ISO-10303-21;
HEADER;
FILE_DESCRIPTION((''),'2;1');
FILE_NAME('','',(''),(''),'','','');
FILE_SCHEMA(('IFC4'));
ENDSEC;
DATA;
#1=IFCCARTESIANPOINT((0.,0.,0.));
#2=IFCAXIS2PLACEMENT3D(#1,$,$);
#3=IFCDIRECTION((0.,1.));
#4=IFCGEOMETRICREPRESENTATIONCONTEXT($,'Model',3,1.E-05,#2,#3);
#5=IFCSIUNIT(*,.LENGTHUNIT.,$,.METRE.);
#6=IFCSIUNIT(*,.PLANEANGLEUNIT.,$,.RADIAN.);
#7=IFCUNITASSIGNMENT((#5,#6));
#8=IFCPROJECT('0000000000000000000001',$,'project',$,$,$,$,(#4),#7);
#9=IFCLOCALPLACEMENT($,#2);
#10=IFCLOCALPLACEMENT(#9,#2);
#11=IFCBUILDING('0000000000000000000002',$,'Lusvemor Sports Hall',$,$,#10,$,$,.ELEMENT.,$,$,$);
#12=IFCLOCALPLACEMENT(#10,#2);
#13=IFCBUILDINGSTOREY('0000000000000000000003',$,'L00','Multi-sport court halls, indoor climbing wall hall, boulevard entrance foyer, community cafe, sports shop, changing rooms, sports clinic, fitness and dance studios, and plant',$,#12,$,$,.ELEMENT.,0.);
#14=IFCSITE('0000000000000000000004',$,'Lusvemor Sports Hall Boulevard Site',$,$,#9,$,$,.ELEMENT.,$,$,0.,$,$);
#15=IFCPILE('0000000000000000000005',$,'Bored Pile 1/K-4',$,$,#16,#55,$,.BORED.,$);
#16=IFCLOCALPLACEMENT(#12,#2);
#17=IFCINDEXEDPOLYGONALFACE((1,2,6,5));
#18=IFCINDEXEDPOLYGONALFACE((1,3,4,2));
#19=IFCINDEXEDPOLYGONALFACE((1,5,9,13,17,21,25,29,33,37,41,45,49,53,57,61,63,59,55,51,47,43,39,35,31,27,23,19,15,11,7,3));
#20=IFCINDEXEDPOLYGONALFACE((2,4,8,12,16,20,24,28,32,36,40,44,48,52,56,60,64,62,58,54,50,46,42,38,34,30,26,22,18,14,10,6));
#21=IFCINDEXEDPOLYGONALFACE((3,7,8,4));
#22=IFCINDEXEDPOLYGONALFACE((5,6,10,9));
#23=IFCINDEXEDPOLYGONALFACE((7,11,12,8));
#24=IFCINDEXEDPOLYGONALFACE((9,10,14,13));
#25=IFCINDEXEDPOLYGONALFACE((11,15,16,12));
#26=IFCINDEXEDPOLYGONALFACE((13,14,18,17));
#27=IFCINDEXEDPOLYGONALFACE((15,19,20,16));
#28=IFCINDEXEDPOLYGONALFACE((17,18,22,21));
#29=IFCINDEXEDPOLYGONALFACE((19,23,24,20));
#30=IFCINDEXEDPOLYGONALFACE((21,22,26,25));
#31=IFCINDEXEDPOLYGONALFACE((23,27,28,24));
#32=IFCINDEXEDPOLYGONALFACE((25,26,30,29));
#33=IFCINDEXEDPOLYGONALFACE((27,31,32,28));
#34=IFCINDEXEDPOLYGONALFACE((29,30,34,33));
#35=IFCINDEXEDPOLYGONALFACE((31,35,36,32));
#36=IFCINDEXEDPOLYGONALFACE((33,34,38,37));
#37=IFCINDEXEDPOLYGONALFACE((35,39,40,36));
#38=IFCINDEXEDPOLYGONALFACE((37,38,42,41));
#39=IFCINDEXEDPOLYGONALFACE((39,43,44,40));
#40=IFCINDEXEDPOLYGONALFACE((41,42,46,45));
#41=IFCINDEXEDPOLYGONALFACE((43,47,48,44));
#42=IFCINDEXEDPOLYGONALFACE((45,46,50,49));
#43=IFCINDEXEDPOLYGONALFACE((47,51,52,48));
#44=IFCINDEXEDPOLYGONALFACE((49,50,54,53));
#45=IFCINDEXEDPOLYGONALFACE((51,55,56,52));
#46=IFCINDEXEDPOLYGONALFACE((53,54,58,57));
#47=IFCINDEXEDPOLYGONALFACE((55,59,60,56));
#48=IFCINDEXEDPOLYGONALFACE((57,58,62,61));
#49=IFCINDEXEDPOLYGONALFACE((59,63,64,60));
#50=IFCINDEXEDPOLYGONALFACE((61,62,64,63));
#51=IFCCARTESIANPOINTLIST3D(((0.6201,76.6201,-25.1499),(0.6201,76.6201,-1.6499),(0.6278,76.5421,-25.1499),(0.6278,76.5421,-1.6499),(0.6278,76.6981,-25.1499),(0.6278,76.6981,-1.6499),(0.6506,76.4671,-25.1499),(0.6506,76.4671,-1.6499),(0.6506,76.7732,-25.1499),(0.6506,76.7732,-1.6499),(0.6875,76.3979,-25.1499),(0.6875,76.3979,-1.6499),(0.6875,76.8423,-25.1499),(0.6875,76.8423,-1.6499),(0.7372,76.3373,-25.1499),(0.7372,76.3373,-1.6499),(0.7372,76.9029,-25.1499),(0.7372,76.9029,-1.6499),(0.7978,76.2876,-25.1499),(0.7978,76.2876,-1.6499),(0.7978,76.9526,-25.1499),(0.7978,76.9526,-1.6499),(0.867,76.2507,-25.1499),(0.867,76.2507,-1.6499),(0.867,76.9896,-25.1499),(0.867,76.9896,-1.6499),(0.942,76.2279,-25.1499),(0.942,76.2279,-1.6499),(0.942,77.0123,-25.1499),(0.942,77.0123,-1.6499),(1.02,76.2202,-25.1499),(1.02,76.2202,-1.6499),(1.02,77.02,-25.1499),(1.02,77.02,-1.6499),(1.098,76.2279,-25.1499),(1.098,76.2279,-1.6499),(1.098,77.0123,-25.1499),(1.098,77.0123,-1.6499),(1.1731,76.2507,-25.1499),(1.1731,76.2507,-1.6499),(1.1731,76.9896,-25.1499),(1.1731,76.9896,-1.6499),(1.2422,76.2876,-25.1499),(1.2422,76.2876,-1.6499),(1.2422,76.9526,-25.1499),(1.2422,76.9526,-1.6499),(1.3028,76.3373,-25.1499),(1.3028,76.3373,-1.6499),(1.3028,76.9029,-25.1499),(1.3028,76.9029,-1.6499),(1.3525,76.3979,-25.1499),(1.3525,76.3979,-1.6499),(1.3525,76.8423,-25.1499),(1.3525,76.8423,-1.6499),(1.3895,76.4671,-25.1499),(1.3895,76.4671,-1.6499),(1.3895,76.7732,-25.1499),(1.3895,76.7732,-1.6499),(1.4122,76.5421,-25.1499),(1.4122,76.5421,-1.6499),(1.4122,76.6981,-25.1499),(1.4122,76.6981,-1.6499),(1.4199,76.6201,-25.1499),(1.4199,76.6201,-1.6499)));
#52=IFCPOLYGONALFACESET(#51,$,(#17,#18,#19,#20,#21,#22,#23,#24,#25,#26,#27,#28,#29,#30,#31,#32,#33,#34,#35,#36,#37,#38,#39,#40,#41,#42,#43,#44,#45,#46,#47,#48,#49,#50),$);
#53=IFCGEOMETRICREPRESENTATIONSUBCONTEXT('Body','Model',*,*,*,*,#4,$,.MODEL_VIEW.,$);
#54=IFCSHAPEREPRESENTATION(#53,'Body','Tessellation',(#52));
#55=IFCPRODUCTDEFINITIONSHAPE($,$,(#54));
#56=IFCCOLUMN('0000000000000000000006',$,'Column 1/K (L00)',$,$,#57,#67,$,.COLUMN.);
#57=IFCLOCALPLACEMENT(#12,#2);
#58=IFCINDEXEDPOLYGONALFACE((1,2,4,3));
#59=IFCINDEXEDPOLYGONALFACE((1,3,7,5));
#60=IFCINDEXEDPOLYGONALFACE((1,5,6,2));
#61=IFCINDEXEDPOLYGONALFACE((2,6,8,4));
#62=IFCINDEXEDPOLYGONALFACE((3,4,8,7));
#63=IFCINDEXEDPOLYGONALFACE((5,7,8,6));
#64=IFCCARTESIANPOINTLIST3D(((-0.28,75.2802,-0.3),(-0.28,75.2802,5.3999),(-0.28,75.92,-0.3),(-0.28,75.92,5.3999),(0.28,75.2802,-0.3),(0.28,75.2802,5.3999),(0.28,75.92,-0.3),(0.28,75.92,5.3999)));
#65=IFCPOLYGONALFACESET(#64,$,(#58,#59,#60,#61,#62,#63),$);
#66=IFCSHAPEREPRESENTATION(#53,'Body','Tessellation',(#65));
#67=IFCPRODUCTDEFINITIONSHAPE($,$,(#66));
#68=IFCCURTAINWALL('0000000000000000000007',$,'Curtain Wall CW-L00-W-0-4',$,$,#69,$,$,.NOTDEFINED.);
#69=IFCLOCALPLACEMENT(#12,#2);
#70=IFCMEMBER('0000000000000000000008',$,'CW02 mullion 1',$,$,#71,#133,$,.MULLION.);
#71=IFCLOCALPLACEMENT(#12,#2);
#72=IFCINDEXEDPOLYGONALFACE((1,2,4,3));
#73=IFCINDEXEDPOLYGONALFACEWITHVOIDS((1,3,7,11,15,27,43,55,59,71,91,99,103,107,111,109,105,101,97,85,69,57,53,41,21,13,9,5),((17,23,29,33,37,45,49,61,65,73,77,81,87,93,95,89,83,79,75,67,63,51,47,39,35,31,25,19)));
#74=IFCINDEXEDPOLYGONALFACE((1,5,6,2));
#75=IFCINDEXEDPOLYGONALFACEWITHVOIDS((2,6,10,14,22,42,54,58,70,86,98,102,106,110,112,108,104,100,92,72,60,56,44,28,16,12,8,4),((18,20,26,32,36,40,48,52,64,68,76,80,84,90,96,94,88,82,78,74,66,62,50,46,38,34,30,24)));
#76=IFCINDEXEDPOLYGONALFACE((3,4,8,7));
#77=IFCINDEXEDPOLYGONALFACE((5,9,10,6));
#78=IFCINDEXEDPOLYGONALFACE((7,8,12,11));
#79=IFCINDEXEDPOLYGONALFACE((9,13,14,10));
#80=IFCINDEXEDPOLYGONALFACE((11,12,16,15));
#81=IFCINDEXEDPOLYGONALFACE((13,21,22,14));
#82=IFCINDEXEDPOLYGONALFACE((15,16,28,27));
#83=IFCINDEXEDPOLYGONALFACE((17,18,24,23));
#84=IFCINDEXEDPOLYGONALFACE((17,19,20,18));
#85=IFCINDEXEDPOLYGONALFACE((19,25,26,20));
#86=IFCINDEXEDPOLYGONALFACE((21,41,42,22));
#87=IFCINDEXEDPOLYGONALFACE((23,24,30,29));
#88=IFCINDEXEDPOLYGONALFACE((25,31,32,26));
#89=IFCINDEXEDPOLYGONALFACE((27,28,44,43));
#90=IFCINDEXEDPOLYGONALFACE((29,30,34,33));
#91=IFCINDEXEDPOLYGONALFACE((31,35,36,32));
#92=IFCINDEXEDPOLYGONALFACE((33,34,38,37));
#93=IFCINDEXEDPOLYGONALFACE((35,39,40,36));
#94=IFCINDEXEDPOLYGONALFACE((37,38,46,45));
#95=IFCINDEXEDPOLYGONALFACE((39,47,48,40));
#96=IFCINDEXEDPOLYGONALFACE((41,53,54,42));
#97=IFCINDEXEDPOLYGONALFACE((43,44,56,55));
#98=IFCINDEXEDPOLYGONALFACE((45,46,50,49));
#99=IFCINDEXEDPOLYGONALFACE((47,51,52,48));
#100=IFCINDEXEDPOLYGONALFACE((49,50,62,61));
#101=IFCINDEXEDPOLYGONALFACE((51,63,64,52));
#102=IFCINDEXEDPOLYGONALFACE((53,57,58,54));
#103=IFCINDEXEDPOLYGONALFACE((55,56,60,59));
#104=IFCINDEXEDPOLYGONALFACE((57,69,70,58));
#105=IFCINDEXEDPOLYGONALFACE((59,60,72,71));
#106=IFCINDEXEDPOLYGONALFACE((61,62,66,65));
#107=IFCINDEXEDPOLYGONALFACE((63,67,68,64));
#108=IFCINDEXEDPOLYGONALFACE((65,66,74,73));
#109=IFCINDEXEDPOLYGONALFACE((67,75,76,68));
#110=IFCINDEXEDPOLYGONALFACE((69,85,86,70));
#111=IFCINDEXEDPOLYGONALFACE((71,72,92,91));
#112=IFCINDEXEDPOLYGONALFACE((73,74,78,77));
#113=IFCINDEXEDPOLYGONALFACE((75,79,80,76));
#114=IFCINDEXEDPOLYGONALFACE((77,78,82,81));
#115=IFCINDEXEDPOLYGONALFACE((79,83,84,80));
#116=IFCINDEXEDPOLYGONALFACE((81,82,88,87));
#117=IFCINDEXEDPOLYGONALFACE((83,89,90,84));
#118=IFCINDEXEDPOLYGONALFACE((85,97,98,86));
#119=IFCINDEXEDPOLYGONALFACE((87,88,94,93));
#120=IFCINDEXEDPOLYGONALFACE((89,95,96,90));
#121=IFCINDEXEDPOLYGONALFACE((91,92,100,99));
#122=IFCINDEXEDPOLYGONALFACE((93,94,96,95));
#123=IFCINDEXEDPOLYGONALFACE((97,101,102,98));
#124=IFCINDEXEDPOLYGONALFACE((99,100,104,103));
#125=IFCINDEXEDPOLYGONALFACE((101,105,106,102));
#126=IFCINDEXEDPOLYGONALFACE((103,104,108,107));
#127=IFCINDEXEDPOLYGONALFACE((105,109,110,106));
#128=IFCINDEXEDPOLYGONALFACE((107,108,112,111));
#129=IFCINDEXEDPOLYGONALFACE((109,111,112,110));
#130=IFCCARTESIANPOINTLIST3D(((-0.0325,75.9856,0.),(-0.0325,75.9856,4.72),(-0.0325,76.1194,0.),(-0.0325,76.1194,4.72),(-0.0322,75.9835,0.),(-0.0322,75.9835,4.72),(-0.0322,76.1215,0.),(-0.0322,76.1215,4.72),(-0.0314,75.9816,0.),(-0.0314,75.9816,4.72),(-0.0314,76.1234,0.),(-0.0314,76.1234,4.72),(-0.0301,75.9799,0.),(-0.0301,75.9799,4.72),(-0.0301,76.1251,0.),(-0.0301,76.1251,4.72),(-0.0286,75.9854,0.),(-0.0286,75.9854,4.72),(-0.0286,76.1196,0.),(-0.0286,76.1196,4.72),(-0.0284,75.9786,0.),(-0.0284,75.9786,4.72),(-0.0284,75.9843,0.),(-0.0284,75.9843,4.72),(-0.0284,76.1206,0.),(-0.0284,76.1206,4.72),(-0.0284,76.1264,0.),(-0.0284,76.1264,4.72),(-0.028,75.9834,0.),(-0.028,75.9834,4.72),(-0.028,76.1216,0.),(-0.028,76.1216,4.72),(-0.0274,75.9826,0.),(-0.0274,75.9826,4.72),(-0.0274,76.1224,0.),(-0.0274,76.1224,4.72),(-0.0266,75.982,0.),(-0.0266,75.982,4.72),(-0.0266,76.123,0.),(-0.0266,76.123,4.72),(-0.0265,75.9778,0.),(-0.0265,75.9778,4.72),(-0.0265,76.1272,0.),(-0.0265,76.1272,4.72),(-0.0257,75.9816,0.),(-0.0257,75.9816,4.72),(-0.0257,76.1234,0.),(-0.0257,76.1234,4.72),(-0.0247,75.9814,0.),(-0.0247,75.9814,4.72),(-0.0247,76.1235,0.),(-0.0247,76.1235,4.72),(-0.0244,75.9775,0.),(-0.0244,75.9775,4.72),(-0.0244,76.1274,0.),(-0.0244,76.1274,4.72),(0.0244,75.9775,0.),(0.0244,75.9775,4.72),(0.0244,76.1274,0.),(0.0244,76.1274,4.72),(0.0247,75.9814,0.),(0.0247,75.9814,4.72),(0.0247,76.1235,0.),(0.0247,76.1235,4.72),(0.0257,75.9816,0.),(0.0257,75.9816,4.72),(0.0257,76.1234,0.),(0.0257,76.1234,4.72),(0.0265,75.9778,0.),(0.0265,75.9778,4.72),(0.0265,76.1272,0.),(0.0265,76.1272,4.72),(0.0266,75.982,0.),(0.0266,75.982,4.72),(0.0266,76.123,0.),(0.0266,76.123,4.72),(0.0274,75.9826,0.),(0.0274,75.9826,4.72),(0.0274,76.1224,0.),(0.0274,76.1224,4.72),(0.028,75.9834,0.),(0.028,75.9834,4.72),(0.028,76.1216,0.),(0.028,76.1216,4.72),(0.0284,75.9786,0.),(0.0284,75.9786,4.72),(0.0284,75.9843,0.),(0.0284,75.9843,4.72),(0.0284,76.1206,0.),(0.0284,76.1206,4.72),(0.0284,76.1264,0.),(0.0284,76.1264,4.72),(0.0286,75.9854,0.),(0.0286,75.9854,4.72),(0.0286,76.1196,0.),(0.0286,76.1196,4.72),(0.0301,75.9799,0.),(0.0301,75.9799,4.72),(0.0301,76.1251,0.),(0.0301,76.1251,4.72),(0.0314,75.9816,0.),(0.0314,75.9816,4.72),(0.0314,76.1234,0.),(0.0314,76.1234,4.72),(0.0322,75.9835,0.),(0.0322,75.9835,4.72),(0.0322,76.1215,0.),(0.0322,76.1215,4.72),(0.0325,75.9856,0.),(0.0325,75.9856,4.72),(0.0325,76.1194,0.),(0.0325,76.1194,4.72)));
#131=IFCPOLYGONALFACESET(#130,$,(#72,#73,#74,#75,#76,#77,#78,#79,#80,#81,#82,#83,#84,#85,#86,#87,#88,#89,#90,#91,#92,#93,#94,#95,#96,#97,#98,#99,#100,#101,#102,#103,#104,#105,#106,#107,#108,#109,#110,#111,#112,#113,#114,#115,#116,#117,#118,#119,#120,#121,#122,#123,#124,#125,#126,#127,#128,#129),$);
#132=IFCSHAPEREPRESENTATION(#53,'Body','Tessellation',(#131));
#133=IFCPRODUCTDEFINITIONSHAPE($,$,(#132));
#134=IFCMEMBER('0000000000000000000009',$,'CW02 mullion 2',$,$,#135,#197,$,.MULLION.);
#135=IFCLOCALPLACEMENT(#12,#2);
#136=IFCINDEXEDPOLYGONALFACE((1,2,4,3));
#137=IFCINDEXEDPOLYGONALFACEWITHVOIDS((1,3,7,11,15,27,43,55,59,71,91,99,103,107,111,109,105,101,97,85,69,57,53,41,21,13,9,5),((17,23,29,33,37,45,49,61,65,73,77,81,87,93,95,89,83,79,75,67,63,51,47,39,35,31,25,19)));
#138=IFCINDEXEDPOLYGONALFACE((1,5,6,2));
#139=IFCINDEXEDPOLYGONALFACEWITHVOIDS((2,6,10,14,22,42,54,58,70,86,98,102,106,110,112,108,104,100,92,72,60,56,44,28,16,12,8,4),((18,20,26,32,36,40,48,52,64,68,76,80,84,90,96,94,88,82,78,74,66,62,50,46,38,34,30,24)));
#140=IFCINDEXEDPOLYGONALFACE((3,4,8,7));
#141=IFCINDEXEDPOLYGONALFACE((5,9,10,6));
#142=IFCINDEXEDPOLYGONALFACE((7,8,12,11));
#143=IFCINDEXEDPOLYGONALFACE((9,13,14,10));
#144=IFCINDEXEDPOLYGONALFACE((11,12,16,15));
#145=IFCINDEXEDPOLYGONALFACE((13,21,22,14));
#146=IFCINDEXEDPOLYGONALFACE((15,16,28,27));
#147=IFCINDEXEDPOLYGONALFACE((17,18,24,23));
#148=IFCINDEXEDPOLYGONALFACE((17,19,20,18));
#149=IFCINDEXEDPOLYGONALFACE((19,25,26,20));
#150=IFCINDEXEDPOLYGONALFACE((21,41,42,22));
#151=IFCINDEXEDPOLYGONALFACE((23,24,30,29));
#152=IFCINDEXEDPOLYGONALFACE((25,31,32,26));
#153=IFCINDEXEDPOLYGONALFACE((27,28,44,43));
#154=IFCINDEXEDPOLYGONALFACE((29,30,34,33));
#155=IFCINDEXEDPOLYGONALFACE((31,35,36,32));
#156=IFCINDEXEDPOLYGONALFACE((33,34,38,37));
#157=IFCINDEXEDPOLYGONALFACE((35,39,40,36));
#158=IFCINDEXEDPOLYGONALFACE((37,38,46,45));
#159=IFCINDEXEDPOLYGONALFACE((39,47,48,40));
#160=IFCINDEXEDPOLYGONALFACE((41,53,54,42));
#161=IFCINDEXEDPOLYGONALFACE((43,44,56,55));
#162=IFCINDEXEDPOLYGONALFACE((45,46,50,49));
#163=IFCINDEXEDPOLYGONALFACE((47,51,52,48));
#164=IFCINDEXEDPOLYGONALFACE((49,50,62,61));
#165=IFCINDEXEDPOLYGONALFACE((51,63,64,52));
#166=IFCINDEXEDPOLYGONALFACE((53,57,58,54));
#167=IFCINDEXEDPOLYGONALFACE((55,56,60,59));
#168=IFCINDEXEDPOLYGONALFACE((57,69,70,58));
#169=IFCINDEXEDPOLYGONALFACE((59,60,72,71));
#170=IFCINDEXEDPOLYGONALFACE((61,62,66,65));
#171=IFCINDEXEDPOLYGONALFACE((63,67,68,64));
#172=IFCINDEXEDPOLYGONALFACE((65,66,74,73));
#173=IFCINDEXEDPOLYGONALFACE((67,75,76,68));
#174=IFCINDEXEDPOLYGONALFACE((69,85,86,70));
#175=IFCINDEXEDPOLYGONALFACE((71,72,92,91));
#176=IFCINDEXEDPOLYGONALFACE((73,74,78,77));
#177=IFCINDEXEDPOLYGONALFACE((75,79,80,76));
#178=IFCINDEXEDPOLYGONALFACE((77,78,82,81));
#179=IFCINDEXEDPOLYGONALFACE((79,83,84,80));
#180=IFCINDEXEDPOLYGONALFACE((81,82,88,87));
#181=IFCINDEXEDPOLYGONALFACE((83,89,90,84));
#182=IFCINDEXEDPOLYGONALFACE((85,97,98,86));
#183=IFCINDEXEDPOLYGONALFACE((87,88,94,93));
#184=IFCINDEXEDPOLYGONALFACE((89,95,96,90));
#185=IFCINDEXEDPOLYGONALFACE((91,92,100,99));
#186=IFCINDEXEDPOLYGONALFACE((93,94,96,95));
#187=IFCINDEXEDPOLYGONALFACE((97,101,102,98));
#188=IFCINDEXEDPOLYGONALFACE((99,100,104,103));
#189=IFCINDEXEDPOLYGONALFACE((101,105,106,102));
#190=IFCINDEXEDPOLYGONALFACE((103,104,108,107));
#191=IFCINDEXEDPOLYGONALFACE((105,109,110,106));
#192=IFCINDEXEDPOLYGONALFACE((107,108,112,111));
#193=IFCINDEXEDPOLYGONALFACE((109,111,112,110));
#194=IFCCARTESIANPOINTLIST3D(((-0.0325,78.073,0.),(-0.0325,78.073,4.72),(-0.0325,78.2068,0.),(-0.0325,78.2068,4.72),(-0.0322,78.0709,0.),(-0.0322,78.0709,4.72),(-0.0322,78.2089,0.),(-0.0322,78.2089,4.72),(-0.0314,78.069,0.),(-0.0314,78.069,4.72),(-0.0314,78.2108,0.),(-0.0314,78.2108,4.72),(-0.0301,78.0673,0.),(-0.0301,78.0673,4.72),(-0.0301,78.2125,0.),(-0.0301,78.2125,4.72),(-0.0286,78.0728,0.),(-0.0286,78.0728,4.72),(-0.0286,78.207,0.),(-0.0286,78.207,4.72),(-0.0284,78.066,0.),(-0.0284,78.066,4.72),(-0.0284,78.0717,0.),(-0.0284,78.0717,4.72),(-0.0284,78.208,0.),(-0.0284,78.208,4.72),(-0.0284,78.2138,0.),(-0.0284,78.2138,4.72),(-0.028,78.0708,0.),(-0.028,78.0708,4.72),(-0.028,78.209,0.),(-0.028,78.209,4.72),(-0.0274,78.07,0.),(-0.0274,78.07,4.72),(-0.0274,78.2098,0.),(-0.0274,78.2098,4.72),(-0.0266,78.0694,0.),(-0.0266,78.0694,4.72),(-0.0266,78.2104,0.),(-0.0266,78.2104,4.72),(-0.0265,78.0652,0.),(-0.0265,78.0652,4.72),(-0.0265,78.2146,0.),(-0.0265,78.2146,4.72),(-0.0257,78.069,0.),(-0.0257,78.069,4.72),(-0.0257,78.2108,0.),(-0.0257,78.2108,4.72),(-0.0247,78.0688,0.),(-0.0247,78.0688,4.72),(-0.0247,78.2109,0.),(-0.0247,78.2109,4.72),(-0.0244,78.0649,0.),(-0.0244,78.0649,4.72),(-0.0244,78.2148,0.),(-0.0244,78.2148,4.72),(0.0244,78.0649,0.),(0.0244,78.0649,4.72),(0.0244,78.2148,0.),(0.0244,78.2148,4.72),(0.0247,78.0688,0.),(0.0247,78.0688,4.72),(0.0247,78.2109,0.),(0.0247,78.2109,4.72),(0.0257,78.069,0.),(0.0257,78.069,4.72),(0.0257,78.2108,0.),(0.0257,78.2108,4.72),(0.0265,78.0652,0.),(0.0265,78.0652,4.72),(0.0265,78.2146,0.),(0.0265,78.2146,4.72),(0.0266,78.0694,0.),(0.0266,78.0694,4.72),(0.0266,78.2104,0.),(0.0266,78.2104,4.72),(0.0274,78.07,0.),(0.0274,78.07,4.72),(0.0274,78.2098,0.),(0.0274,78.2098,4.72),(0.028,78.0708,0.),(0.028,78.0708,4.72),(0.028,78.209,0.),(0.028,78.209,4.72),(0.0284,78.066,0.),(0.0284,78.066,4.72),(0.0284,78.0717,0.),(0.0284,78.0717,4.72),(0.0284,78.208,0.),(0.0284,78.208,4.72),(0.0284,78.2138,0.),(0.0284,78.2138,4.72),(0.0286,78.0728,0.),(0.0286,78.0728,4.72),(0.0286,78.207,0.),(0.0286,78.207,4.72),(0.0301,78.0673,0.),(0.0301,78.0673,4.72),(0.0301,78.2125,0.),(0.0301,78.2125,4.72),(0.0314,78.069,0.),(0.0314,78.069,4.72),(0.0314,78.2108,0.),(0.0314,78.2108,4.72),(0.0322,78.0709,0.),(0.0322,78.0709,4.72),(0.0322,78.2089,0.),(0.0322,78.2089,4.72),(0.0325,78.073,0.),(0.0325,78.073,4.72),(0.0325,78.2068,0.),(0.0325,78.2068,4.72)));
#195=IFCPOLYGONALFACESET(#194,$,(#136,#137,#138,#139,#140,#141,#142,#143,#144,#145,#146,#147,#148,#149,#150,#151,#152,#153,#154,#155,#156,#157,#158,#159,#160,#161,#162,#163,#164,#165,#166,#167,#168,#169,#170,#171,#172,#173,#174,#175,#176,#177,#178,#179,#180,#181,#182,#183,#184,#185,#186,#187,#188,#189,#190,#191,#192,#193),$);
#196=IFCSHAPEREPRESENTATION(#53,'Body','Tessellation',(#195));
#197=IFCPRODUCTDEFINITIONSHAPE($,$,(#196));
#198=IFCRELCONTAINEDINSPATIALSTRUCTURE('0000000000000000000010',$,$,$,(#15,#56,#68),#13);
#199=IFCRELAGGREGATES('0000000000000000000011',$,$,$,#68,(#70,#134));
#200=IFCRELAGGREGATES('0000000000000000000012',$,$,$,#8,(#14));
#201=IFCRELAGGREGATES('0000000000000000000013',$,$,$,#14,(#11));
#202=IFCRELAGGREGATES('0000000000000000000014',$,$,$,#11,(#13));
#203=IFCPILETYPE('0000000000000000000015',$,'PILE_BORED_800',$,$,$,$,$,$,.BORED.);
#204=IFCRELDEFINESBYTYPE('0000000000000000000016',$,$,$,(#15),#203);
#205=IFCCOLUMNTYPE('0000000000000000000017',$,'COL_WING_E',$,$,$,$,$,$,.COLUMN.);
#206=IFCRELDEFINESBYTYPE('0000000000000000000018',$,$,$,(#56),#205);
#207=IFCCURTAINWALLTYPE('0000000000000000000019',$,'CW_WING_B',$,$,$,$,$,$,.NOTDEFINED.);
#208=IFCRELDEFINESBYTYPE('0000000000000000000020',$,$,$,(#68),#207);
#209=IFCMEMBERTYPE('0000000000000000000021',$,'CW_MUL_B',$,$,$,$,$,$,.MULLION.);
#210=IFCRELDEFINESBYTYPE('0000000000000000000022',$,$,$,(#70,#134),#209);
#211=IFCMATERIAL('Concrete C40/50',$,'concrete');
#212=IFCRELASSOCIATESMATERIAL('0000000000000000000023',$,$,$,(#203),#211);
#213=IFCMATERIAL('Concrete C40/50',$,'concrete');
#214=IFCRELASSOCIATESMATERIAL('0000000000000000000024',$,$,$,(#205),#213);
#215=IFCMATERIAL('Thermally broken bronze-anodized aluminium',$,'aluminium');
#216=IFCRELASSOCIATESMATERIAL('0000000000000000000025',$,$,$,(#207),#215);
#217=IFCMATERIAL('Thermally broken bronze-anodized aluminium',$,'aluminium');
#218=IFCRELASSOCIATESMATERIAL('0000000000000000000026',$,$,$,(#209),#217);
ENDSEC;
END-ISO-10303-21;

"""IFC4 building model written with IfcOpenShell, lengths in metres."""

from ifc_helpers import new_model, si_unit, direction, frame, origin, origin_2d, place, context, subcontext, project, spatial, rectangle, hollow_rectangle, circle, extrude, material, material_profile, profile_set, type_object, element, aggregate, save


model = new_model("IFC4")

# Units and contexts
model_context = context("Model", 3, precision=1e-05, world=origin(), true_north=direction((0.0, 1.0)))
body_context = subcontext(model_context, "Body", "Model", "MODEL_VIEW")
ifc_project = project(units=[si_unit("LENGTHUNIT", "METRE"), si_unit("PLANEANGLEUNIT", "RADIAN")], contexts=[model_context])

# Site, building, storey
site_placement = place(None, origin())
site = spatial("IfcSite", under=ifc_project, at=site_placement, Name="Lusvemor Sports Hall Boulevard Site", CompositionType="ELEMENT", RefElevation=0.0)
building_placement = place(site_placement, origin())
building = spatial("IfcBuilding", under=site, at=building_placement, Name="Lusvemor Sports Hall", CompositionType="ELEMENT")
storey_placement = place(building_placement, origin())
storey = spatial("IfcBuildingStorey", under=building, at=storey_placement, Name="L00", Description="Multi-sport court halls, indoor climbing wall hall, boulevard entrance foyer, community cafe, sports shop, changing rooms, sports clinic, fitness and dance studios, and plant", CompositionType="ELEMENT", Elevation=0.0)

# Pile
ifc_material_1 = material(Name="Concrete C40/50", Category="concrete")
ifc_material_profile_1 = material_profile(ifc_material_1, circle(Radius=0.3999, at=origin_2d()), Name="PILE800")
ifc_profile_set_1 = profile_set([ifc_material_profile_1], Name="Concrete C40/50")
pile_type = type_object("IfcPileType", Name="PILE_BORED_800", PredefinedType="BORED", material=ifc_profile_set_1)
for number, where, z_axis, x_axis, name in (
    (1, (1.02, 76.6201, -1.6499), (0.0, 0.0, -1.0), (1.0, 0.0, 0.0), "Bored Pile 1/K-4"),
):
    element("IfcPile", number, at=place(storey_placement, frame(where, z_axis=z_axis, x_axis=x_axis)), inside=storey, type_object=pile_type, Name=name, PredefinedType="BORED", context=body_context, shape_type="SweptSolid", body=[
        extrude(circle(Radius=0.3999, at=origin_2d()), origin(), (0.0, 0.0, 1.0), 23.5),
    ])

# Column
ifc_material_2 = material(Name="Concrete C40/50", Category="concrete")
ifc_material_profile_2 = material_profile(ifc_material_2, rectangle(XDim=0.5601, YDim=0.6399, at=origin_2d()), Name="RC560x640")
ifc_profile_set_2 = profile_set([ifc_material_profile_2], Name="Concrete C40/50")
column_type = type_object("IfcColumnType", Name="COL_WING_E", PredefinedType="COLUMN", material=ifc_profile_set_2)
column_placement = place(storey_placement, frame((0.0, 75.6001, -0.3), z_axis=(0.0, 0.0, 1.0), x_axis=(1.0, 0.0, 0.0)))
element("IfcColumn", 2, at=column_placement, inside=storey, type_object=column_type, Name="Column 1/K (L00)", PredefinedType="COLUMN", context=body_context, shape_type="SweptSolid", body=[
    extrude(rectangle(XDim=0.5601, YDim=0.6399, at=origin_2d()), origin(), (0.0, 0.0, 1.0), 5.7),
])

# Curtain wall, members
ifc_material_3 = material(Name="Thermally broken bronze-anodized aluminium", Category="aluminium")
curtain_wall_type = type_object("IfcCurtainWallType", Name="CW_WING_B", PredefinedType="NOTDEFINED", material=ifc_material_3)
curtain_wall_placement = place(storey_placement, origin())
curtain_wall = element("IfcCurtainWall", 3, at=curtain_wall_placement, inside=storey, type_object=curtain_wall_type, Name="Curtain Wall CW-L00-W-0-4", PredefinedType="NOTDEFINED")
ifc_material_4 = material(Name="Thermally broken bronze-anodized aluminium", Category="aluminium")
ifc_material_profile_3 = material_profile(ifc_material_4, hollow_rectangle(XDim=0.0649, YDim=0.1499, WallThickness=0.0039, InnerFilletRadius=0.0039, OuterFilletRadius=0.0081, at=origin_2d()), Name="CWMUL150x65x4")
ifc_profile_set_3 = profile_set([ifc_material_profile_3], Name="Thermally broken bronze-anodized aluminium")
member_type_1 = type_object("IfcMemberType", Name="CW_MUL_B", PredefinedType="MULLION", material=ifc_profile_set_3)
member_1_placement = place(storey_placement, frame((0.0, 76.0525, 0.0), z_axis=(0.0, 0.0, 1.0), x_axis=(-1.0, 0.0, 0.0)))
member_1 = element("IfcMember", 4, at=member_1_placement, type_object=member_type_1, Name="CW02 mullion 1", PredefinedType="MULLION", context=body_context, shape_type="SweptSolid", body=[
    extrude(hollow_rectangle(XDim=0.0649, YDim=0.1499, WallThickness=0.0039, InnerFilletRadius=0.0039, OuterFilletRadius=0.0081, at=origin_2d()), origin(), (0.0, 0.0, 1.0), 4.72),
])
member_2_placement = place(storey_placement, frame((0.0, 78.1399, 0.0), z_axis=(0.0, 0.0, 1.0), x_axis=(-1.0, 0.0, 0.0)))
member_2 = element("IfcMember", 5, at=member_2_placement, type_object=member_type_1, Name="CW02 mullion 2", PredefinedType="MULLION", context=body_context, shape_type="SweptSolid", body=[
    extrude(hollow_rectangle(XDim=0.0649, YDim=0.1499, WallThickness=0.0039, InnerFilletRadius=0.0039, OuterFilletRadius=0.0081, at=origin_2d()), origin(), (0.0, 0.0, 1.0), 4.72),
])
aggregate(curtain_wall, [member_1, member_2])

save(model, "model.ifc")
